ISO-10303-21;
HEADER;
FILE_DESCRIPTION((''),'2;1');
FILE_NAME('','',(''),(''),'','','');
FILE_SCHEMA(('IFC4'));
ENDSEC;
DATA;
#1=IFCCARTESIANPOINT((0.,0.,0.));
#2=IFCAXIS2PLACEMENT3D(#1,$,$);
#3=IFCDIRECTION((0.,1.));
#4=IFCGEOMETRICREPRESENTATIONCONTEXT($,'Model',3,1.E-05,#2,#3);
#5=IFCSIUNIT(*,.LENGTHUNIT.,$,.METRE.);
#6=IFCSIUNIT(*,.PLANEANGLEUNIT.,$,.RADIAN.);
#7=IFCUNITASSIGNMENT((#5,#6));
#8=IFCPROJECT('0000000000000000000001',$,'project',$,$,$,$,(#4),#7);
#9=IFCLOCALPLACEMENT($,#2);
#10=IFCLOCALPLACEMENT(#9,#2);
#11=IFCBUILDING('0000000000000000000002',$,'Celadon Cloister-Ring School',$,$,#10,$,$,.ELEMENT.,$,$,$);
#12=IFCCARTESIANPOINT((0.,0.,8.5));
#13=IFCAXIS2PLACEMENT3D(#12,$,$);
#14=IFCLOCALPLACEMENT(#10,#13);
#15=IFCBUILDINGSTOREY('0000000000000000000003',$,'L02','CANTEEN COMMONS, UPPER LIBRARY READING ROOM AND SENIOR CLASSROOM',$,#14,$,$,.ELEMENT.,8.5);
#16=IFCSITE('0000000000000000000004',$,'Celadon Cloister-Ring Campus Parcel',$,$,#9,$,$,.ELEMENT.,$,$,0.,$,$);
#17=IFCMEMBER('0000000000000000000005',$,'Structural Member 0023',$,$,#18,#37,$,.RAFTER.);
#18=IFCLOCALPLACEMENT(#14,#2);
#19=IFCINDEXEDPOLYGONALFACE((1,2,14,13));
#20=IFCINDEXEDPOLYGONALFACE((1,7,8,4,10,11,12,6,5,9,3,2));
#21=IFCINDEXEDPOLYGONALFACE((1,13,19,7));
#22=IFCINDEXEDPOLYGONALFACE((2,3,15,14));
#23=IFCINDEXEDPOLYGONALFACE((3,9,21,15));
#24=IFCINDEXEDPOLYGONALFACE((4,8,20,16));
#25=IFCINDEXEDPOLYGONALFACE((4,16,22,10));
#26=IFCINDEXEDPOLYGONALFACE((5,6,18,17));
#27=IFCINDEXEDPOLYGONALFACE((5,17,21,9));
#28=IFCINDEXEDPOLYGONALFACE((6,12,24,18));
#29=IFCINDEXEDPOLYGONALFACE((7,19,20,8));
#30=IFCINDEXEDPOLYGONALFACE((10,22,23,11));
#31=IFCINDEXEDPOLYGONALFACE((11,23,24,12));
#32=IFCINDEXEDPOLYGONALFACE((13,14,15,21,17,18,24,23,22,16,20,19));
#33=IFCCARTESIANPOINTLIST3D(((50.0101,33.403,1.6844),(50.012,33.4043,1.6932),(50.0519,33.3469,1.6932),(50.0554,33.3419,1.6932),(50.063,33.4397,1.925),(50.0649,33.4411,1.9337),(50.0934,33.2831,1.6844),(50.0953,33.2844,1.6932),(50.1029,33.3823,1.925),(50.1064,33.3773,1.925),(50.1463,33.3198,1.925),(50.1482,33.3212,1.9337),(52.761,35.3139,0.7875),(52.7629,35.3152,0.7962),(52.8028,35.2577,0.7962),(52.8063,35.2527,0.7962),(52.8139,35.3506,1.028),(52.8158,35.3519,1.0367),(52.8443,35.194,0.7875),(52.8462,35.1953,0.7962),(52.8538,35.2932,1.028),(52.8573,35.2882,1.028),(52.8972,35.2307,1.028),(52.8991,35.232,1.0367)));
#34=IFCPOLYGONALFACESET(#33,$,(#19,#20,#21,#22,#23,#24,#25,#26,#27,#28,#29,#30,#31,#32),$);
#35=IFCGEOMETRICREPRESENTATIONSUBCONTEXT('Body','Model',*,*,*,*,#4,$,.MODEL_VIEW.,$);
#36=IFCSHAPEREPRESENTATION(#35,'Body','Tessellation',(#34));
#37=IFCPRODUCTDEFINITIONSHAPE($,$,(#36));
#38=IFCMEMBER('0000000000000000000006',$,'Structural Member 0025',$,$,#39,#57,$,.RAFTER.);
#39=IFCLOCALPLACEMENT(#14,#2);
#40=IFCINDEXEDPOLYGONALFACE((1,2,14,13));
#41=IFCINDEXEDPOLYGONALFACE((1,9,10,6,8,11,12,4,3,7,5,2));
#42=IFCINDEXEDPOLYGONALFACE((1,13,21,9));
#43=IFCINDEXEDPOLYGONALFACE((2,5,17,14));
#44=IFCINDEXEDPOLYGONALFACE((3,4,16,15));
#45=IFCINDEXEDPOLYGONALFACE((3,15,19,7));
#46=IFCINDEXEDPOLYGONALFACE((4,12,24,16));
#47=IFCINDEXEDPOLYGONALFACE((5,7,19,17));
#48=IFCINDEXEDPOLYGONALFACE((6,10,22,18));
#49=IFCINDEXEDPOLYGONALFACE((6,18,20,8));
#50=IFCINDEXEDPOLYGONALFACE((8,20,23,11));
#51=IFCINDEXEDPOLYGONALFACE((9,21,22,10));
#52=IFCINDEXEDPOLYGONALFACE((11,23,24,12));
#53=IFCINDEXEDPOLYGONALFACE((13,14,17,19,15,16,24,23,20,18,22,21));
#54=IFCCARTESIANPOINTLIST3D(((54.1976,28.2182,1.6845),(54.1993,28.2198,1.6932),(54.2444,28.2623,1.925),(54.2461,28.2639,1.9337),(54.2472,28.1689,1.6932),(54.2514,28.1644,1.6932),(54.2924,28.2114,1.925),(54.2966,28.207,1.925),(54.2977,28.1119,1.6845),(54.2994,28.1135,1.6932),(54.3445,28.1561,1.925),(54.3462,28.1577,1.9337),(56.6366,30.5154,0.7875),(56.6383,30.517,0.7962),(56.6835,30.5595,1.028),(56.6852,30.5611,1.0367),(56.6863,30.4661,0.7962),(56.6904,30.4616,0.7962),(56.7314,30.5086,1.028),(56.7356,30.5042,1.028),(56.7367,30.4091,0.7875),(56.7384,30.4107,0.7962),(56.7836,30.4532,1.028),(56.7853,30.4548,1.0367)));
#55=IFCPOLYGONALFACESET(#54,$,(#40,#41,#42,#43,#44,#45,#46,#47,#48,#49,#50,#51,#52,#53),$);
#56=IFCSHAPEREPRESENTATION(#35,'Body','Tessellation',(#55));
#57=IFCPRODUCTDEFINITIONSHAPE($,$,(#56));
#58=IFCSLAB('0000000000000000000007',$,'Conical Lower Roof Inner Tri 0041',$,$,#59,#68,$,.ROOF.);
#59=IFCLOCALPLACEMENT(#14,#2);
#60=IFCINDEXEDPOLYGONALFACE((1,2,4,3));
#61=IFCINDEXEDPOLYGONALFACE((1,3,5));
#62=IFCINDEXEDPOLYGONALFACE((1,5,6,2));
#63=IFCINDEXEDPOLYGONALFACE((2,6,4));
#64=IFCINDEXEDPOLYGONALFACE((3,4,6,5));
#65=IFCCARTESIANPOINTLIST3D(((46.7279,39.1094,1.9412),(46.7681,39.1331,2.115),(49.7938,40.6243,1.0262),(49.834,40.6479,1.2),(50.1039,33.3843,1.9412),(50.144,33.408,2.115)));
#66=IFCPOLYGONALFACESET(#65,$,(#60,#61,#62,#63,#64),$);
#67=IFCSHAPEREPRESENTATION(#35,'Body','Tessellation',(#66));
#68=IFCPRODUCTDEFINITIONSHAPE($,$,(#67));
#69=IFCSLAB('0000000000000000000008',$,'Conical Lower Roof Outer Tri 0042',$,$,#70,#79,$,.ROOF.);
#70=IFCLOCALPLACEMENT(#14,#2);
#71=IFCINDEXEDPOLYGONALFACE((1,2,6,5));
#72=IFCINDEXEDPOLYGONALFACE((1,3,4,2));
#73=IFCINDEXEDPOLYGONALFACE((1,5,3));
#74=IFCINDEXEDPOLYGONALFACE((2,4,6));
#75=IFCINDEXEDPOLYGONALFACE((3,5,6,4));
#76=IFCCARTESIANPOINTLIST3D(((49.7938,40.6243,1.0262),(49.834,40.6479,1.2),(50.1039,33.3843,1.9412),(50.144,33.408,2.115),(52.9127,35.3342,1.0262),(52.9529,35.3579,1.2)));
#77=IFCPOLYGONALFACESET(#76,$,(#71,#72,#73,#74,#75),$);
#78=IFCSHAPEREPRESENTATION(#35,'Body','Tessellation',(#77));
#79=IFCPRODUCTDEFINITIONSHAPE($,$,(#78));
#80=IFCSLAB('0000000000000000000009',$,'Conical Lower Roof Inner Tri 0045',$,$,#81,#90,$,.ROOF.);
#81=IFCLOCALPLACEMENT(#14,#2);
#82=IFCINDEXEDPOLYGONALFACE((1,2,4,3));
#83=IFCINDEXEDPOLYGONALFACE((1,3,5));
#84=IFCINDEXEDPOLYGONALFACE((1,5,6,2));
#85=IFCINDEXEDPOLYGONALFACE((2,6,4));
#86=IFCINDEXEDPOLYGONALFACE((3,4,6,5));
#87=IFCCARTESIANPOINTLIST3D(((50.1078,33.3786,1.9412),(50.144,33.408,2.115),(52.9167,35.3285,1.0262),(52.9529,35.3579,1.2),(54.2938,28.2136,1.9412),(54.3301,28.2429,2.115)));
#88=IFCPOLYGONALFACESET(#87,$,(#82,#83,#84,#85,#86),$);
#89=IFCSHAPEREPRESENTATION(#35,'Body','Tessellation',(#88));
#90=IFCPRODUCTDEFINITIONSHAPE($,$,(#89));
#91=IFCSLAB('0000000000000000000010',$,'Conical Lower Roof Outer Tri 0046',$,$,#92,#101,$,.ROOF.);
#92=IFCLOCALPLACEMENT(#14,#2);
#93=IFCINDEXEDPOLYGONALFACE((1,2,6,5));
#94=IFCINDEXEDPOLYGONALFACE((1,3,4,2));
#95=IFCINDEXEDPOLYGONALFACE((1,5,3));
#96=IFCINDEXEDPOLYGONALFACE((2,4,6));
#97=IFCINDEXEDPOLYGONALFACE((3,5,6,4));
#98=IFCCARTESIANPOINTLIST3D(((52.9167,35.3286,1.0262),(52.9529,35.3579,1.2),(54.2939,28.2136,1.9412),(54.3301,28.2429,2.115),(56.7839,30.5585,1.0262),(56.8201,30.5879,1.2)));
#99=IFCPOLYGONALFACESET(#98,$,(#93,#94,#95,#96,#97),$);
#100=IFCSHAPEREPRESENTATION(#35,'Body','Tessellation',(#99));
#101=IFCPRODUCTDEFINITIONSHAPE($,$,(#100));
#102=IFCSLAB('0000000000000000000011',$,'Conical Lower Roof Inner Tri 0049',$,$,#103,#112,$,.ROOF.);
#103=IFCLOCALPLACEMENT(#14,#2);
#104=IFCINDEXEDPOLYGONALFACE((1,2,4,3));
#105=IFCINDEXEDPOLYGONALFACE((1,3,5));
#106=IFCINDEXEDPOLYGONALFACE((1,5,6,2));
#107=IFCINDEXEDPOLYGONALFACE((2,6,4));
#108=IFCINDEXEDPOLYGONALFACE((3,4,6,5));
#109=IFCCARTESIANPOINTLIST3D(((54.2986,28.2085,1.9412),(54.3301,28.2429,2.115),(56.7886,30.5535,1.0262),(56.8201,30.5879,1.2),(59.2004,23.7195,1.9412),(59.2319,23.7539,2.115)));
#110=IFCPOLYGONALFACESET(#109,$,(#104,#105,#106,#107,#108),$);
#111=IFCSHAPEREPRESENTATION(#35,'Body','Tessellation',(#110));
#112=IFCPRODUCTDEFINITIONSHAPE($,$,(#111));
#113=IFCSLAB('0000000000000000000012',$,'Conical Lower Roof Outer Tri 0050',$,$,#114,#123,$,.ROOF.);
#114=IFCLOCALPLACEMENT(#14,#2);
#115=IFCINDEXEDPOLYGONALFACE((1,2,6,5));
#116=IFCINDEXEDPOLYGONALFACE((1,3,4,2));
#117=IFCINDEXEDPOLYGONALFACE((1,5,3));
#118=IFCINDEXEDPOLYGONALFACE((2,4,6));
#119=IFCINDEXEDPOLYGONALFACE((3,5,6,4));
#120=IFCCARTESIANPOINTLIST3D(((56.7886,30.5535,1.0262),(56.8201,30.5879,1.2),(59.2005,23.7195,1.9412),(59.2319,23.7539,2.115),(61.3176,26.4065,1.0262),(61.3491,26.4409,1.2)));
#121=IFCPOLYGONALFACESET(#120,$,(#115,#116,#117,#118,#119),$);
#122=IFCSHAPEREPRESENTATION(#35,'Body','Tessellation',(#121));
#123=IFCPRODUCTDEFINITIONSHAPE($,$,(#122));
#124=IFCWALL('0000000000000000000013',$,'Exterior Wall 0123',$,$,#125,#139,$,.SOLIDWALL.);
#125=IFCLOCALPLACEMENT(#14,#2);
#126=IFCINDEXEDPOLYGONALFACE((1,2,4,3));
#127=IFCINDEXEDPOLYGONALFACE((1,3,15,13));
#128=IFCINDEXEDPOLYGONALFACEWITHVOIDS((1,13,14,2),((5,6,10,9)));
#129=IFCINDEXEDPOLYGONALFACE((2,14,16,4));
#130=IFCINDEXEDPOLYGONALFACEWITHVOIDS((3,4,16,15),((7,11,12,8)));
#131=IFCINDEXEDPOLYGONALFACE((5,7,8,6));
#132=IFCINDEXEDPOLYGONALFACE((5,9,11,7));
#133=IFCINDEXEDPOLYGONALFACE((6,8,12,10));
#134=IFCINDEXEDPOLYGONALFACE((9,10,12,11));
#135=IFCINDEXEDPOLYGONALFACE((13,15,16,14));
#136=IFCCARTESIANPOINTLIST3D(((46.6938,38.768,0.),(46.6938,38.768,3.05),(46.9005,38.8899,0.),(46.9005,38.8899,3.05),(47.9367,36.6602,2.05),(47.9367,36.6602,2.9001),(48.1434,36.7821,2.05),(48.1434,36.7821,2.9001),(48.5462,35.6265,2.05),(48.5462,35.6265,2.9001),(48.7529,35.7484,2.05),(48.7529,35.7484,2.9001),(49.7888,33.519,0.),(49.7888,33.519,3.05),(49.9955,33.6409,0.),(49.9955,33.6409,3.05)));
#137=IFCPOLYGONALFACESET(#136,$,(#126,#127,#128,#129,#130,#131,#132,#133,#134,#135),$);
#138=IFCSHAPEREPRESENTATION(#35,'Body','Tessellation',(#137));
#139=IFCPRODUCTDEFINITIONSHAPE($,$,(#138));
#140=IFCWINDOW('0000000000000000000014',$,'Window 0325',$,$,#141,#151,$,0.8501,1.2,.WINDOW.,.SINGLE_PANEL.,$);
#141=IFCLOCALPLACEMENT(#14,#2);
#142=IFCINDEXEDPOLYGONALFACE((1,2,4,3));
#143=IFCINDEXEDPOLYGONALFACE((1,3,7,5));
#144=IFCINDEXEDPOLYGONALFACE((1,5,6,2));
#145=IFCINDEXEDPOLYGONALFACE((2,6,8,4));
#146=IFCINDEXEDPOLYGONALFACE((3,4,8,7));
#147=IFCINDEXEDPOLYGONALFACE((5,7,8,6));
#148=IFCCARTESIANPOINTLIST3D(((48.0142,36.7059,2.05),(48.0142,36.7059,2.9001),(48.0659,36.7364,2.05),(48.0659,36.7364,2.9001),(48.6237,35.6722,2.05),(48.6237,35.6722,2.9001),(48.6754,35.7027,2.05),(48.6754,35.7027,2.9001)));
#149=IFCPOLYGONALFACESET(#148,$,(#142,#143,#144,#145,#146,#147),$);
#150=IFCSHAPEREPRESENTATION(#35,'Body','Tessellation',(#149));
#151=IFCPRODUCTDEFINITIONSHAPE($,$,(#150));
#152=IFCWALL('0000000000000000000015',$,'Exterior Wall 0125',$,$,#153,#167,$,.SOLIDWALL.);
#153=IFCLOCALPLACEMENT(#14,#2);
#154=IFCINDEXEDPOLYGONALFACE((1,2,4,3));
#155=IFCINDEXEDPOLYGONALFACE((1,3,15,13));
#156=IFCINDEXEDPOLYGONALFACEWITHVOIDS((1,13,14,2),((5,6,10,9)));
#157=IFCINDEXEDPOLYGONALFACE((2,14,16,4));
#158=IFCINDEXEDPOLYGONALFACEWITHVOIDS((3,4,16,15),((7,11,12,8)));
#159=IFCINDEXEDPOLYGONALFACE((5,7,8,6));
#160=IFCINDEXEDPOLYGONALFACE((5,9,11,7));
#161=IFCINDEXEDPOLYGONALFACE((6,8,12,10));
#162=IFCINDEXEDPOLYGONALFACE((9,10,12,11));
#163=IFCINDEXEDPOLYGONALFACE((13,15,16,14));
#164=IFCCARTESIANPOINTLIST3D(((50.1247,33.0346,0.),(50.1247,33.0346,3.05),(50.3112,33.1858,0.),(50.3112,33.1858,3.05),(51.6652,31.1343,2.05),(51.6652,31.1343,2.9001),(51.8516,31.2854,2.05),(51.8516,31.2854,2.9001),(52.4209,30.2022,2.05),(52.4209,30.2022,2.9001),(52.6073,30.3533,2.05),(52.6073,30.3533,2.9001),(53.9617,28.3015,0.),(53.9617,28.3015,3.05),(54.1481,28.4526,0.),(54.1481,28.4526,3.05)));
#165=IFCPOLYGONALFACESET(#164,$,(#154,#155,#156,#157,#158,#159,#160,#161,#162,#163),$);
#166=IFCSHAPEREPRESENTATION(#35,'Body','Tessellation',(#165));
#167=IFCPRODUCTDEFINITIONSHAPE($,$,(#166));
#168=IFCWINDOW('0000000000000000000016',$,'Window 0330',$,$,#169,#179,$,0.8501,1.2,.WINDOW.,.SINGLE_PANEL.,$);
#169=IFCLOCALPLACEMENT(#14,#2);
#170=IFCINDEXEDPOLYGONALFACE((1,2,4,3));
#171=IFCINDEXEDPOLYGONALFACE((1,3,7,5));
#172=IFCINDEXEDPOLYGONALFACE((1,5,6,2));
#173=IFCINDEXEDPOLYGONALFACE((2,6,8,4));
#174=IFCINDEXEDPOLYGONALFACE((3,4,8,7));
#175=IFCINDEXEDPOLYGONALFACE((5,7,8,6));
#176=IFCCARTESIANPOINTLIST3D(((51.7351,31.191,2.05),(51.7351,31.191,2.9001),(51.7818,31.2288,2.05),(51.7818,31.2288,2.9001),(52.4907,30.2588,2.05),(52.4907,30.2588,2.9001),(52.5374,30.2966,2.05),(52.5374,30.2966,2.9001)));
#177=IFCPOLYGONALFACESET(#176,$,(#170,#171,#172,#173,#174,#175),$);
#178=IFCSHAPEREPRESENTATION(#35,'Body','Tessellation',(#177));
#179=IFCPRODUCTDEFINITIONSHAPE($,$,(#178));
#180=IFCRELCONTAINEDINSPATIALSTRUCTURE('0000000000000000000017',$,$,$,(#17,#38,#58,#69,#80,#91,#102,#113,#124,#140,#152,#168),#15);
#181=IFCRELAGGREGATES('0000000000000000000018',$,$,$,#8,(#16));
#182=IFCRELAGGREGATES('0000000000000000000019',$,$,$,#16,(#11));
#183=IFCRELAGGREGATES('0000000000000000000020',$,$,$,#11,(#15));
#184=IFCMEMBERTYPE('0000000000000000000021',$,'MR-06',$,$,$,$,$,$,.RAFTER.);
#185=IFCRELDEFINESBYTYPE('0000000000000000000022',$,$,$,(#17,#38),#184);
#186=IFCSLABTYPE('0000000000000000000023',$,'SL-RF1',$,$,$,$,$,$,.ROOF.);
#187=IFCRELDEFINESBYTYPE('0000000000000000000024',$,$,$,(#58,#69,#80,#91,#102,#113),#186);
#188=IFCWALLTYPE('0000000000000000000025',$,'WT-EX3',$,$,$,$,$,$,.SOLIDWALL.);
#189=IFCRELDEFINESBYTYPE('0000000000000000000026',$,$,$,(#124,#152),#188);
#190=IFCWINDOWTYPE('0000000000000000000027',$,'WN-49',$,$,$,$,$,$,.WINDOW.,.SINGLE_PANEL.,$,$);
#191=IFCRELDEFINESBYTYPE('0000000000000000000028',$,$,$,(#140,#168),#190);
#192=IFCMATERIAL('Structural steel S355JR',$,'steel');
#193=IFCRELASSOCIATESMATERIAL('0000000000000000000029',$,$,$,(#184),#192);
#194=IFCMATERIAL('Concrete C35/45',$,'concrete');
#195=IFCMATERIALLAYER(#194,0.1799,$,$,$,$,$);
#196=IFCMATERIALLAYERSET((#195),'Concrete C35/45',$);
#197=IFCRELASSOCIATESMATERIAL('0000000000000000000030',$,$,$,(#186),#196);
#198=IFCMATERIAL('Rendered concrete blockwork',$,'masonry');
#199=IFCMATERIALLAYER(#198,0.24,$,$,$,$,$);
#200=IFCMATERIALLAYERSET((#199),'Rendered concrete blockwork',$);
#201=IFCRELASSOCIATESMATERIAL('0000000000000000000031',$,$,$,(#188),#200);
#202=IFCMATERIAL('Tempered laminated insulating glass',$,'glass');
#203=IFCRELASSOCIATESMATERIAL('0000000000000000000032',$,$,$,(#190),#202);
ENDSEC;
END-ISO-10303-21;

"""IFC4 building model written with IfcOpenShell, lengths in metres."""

from ifc_helpers import new_model, si_unit, direction, frame, frame_2d, origin, origin_2d, place, context, subcontext, project, spatial, polyline, rectangle, i_section, outline, extrude, material, layer, layer_set, material_profile, profile_set, type_object, element, fill, save


model = new_model("IFC4")

# Units and contexts
model_context = context("Model", 3, precision=1e-05, world=origin(), true_north=direction((0.0, 1.0)))
body_context = subcontext(model_context, "Body", "Model", "MODEL_VIEW")
ifc_project = project(units=[si_unit("LENGTHUNIT", "METRE"), si_unit("PLANEANGLEUNIT", "RADIAN")], contexts=[model_context])

# Site, building, storey
site_placement = place(None, origin())
site = spatial("IfcSite", under=ifc_project, at=site_placement, Name="Celadon Cloister-Ring Campus Parcel", CompositionType="ELEMENT", RefElevation=0.0)
building_placement = place(site_placement, origin())
building = spatial("IfcBuilding", under=site, at=building_placement, Name="Celadon Cloister-Ring School", CompositionType="ELEMENT")
storey_placement = place(building_placement, frame((0.0, 0.0, 8.5)))
storey = spatial("IfcBuildingStorey", under=building, at=storey_placement, Name="L02", Description="CANTEEN COMMONS, UPPER LIBRARY READING ROOM AND SENIOR CLASSROOM", CompositionType="ELEMENT", Elevation=8.5)

# Members
ifc_material_1 = material(Name="Structural steel S355JR", Category="steel")
ifc_material_profile_1 = material_profile(ifc_material_1, i_section(OverallWidth=0.146, OverallDepth=0.2581, WebThickness=0.0061, FlangeThickness=0.009, at=origin_2d()), Name="W250X33")
ifc_profile_set_1 = profile_set([ifc_material_profile_1], Name="Structural steel S355JR")
member_type_1 = type_object("IfcMemberType", Name="MR-06", PredefinedType="RAFTER", material=ifc_profile_set_1)
member_1_placement = place(storey_placement, frame((52.8301, 35.2729, 0.9121), z_axis=(-0.793348, -0.551077, 0.258676), x_axis=(0.570494, -0.821302, 0.0)))
element("IfcMember", 1, at=member_1_placement, inside=storey, type_object=member_type_1, Name="Structural Member 0023", PredefinedType="RAFTER", context=body_context, shape_type="SweptSolid", body=[
    extrude(i_section(OverallWidth=0.146, OverallDepth=0.2581, WebThickness=0.0061, FlangeThickness=0.009, at=origin_2d()), origin(), (0.0, 0.0, 1.0), 3.4675),
])
member_2_placement = place(storey_placement, frame((56.7109, 30.4851, 0.9121), z_axis=(-0.703194, -0.662298, 0.258612), x_axis=(0.685622, -0.727958, 0.0)))
element("IfcMember", 2, at=member_2_placement, inside=storey, type_object=member_type_1, Name="Structural Member 0025", PredefinedType="RAFTER", context=body_context, shape_type="SweptSolid", body=[
    extrude(i_section(OverallWidth=0.146, OverallDepth=0.2581, WebThickness=0.0061, FlangeThickness=0.009, at=origin_2d()), origin(), (0.0, 0.0, 1.0), 3.4685),
])

# Slabs
ifc_material_2 = material(Name="Concrete C35/45", Category="concrete")
ifc_layer_1 = layer(ifc_material_2, 0.1799)
ifc_layer_set_1 = layer_set([ifc_layer_1], Name="Concrete C35/45")
slab_type = type_object("IfcSlabType", Name="SL-RF1", PredefinedType="ROOF", material=ifc_layer_set_1)
slab_1_placement = place(storey_placement, frame((49.834, 40.6479, 1.2), z_axis=(0.223221, 0.131629, 0.96584), x_axis=(-0.866063, -0.427928, 0.258481)))
element("IfcSlab", 3, at=slab_1_placement, inside=storey, type_object=slab_type, Name="Conical Lower Roof Inner Tri 0041", PredefinedType="ROOF", context=body_context, shape_type="SweptSolid", body=[
    extrude(outline(polyline([(0.0, 0.0), (3.5401, 0.0), (3.0662, 6.6294), (0.0, 0.0)])), origin(), (0.0, 0.0, -1.0), 0.1799),
])
slab_2_placement = place(storey_placement, frame((49.834, 40.6479, 1.2), z_axis=(0.22326, 0.13163, 0.965831), x_axis=(0.04245, -0.991213, 0.125276)))
element("IfcSlab", 4, at=slab_2_placement, inside=storey, type_object=slab_type, Name="Conical Lower Roof Outer Tri 0042", PredefinedType="ROOF", context=body_context, shape_type="SweptSolid", body=[
    extrude(outline(polyline([(0.0, 0.0), (7.3042, 0.0), (5.376, 2.9684), (0.0, 0.0)])), origin(), (0.0, 0.0, -1.0), 0.1799),
])
slab_3_placement = place(storey_placement, frame((52.9529, 35.3579, 1.2), z_axis=(0.201352, 0.163187, 0.96583), x_axis=(-0.793534, -0.550887, 0.258511)))
element("IfcSlab", 5, at=slab_3_placement, inside=storey, type_object=slab_type, Name="Conical Lower Roof Inner Tri 0045", PredefinedType="ROOF", context=body_context, shape_type="SweptSolid", body=[
    extrude(outline(polyline([(0.0, 0.0), (3.5397, 0.0), (3.0632, 6.6313), (0.0, 0.0)])), origin(), (0.0, 0.0, -1.0), 0.1799),
])
slab_4_placement = place(storey_placement, frame((52.9529, 35.3579, 1.2), z_axis=(0.201267, 0.163173, 0.96585), x_axis=(0.188539, -0.974044, 0.125269)))
element("IfcSlab", 6, at=slab_4_placement, inside=storey, type_object=slab_type, Name="Conical Lower Roof Outer Tri 0046", PredefinedType="ROOF", context=body_context, shape_type="SweptSolid", body=[
    extrude(outline(polyline([(0.0, 0.0), (7.3046, 0.0), (5.3753, 2.9689), (0.0, 0.0)])), origin(), (0.0, 0.0, -1.0), 0.1799),
])
slab_5_placement = place(storey_placement, frame((56.8201, 30.5879, 1.2), z_axis=(0.174987, 0.19108, 0.965851), x_axis=(-0.703257, -0.662299, 0.258438)))
element("IfcSlab", 7, at=slab_5_placement, inside=storey, type_object=slab_type, Name="Conical Lower Roof Inner Tri 0049", PredefinedType="ROOF", context=body_context, shape_type="SweptSolid", body=[
    extrude(outline(polyline([(0.0, 0.0), (3.5407, 0.0), (3.0665, 6.6298), (0.0, 0.0)])), origin(), (0.0, 0.0, -1.0), 0.1799),
])
slab_6_placement = place(storey_placement, frame((56.8201, 30.5879, 1.2), z_axis=(0.174949, 0.191068, 0.96586), x_axis=(0.330183, -0.935568, 0.125268)))
element("IfcSlab", 8, at=slab_6_placement, inside=storey, type_object=slab_type, Name="Conical Lower Roof Outer Tri 0050", PredefinedType="ROOF", context=body_context, shape_type="SweptSolid", body=[
    extrude(outline(polyline([(0.0, 0.0), (7.3046, 0.0), (5.3752, 2.9694), (0.0, 0.0)])), origin(), (0.0, 0.0, -1.0), 0.1799),
])

# Walls, openings, windows
ifc_material_3 = material(Name="Rendered concrete blockwork", Category="masonry")
ifc_layer_2 = layer(ifc_material_3, 0.24)
ifc_layer_set_2 = layer_set([ifc_layer_2], Name="Rendered concrete blockwork")
wall_type_1 = type_object("IfcWallType", Name="WT-EX3", PredefinedType="SOLIDWALL", material=ifc_layer_set_2)
wall_1_placement = place(storey_placement, frame((46.7971, 38.8291, 0.0), z_axis=(0.0, 0.0, 1.0), x_axis=(0.507911, -0.86141, 0.0)))
wall_1 = element("IfcWall", 9, at=wall_1_placement, inside=storey, type_object=wall_type_1, Name="Exterior Wall 0123", PredefinedType="SOLIDWALL", context=body_context, shape_type="SweptSolid", body=[
    extrude(rectangle(XDim=6.0935, YDim=0.24, at=frame_2d((3.0469, 0.0))), origin(), (0.0, 0.0, 1.0), 3.05),
])
opening_1_placement = place(wall_1_placement, frame((2.447, 0.0, 2.05)))
opening_1 = element("IfcOpeningElement", 10, at=opening_1_placement, cuts=wall_1, PredefinedType="OPENING", context=body_context, shape_type="SweptSolid", body=[
    extrude(rectangle(XDim=1.2, YDim=0.8501, at=frame_2d((0.6001, 0.425))), frame((0.0, 0.1299, 0.0), z_axis=(0.0, -1.0, 0.0), x_axis=(1.0, 0.0, 0.0)), (0.0, 0.0, 1.0), 0.26),
])
ifc_material_4 = material(Name="Tempered laminated insulating glass", Category="glass")
window_type = type_object("IfcWindowType", Name="WN-49", PartitioningType="SINGLE_PANEL", PredefinedType="WINDOW", material=ifc_material_4)
window_1_placement = place(opening_1_placement, origin())
window_1 = element("IfcWindow", 11, at=window_1_placement, inside=storey, type_object=window_type, Name="Window 0325", OverallHeight=0.8501, OverallWidth=1.2, PartitioningType="SINGLE_PANEL", PredefinedType="WINDOW", context=body_context, shape_type="SweptSolid", body=[
    extrude(rectangle(XDim=1.2, YDim=0.8501, at=frame_2d((0.6001, 0.425))), frame((0.0, 0.03, 0.0), z_axis=(0.0, -1.0, 0.0), x_axis=(1.0, 0.0, 0.0)), (0.0, 0.0, 1.0), 0.0601),
])
fill(opening_1, window_1)
wall_2_placement = place(storey_placement, frame((50.218, 33.1101, 0.0), z_axis=(0.0, 0.0, 1.0), x_axis=(0.629725, -0.776818, 0.0)))
wall_2 = element("IfcWall", 12, at=wall_2_placement, inside=storey, type_object=wall_type_1, Name="Exterior Wall 0125", PredefinedType="SOLIDWALL", context=body_context, shape_type="SweptSolid", body=[
    extrude(rectangle(XDim=6.093, YDim=0.24, at=frame_2d((3.0464, 0.0))), origin(), (0.0, 0.0, 1.0), 3.05),
])
opening_2_placement = place(wall_2_placement, frame((2.446, 0.0, 2.05)))
opening_2 = element("IfcOpeningElement", 13, at=opening_2_placement, cuts=wall_2, PredefinedType="OPENING", context=body_context, shape_type="SweptSolid", body=[
    extrude(rectangle(XDim=1.2, YDim=0.8501, at=frame_2d((0.6001, 0.425))), frame((0.0, 0.1299, 0.0), z_axis=(0.0, -1.0, 0.0), x_axis=(1.0, 0.0, 0.0)), (0.0, 0.0, 1.0), 0.26),
])
window_2_placement = place(opening_2_placement, origin())
window_2 = element("IfcWindow", 14, at=window_2_placement, inside=storey, type_object=window_type, Name="Window 0330", OverallHeight=0.8501, OverallWidth=1.2, PartitioningType="SINGLE_PANEL", PredefinedType="WINDOW", context=body_context, shape_type="SweptSolid", body=[
    extrude(rectangle(XDim=1.2, YDim=0.8501, at=frame_2d((0.6001, 0.425))), frame((0.0, 0.03, 0.0), z_axis=(0.0, -1.0, 0.0), x_axis=(1.0, 0.0, 0.0)), (0.0, 0.0, 1.0), 0.0601),
])
fill(opening_2, window_2)

save(model, "model.ifc")
